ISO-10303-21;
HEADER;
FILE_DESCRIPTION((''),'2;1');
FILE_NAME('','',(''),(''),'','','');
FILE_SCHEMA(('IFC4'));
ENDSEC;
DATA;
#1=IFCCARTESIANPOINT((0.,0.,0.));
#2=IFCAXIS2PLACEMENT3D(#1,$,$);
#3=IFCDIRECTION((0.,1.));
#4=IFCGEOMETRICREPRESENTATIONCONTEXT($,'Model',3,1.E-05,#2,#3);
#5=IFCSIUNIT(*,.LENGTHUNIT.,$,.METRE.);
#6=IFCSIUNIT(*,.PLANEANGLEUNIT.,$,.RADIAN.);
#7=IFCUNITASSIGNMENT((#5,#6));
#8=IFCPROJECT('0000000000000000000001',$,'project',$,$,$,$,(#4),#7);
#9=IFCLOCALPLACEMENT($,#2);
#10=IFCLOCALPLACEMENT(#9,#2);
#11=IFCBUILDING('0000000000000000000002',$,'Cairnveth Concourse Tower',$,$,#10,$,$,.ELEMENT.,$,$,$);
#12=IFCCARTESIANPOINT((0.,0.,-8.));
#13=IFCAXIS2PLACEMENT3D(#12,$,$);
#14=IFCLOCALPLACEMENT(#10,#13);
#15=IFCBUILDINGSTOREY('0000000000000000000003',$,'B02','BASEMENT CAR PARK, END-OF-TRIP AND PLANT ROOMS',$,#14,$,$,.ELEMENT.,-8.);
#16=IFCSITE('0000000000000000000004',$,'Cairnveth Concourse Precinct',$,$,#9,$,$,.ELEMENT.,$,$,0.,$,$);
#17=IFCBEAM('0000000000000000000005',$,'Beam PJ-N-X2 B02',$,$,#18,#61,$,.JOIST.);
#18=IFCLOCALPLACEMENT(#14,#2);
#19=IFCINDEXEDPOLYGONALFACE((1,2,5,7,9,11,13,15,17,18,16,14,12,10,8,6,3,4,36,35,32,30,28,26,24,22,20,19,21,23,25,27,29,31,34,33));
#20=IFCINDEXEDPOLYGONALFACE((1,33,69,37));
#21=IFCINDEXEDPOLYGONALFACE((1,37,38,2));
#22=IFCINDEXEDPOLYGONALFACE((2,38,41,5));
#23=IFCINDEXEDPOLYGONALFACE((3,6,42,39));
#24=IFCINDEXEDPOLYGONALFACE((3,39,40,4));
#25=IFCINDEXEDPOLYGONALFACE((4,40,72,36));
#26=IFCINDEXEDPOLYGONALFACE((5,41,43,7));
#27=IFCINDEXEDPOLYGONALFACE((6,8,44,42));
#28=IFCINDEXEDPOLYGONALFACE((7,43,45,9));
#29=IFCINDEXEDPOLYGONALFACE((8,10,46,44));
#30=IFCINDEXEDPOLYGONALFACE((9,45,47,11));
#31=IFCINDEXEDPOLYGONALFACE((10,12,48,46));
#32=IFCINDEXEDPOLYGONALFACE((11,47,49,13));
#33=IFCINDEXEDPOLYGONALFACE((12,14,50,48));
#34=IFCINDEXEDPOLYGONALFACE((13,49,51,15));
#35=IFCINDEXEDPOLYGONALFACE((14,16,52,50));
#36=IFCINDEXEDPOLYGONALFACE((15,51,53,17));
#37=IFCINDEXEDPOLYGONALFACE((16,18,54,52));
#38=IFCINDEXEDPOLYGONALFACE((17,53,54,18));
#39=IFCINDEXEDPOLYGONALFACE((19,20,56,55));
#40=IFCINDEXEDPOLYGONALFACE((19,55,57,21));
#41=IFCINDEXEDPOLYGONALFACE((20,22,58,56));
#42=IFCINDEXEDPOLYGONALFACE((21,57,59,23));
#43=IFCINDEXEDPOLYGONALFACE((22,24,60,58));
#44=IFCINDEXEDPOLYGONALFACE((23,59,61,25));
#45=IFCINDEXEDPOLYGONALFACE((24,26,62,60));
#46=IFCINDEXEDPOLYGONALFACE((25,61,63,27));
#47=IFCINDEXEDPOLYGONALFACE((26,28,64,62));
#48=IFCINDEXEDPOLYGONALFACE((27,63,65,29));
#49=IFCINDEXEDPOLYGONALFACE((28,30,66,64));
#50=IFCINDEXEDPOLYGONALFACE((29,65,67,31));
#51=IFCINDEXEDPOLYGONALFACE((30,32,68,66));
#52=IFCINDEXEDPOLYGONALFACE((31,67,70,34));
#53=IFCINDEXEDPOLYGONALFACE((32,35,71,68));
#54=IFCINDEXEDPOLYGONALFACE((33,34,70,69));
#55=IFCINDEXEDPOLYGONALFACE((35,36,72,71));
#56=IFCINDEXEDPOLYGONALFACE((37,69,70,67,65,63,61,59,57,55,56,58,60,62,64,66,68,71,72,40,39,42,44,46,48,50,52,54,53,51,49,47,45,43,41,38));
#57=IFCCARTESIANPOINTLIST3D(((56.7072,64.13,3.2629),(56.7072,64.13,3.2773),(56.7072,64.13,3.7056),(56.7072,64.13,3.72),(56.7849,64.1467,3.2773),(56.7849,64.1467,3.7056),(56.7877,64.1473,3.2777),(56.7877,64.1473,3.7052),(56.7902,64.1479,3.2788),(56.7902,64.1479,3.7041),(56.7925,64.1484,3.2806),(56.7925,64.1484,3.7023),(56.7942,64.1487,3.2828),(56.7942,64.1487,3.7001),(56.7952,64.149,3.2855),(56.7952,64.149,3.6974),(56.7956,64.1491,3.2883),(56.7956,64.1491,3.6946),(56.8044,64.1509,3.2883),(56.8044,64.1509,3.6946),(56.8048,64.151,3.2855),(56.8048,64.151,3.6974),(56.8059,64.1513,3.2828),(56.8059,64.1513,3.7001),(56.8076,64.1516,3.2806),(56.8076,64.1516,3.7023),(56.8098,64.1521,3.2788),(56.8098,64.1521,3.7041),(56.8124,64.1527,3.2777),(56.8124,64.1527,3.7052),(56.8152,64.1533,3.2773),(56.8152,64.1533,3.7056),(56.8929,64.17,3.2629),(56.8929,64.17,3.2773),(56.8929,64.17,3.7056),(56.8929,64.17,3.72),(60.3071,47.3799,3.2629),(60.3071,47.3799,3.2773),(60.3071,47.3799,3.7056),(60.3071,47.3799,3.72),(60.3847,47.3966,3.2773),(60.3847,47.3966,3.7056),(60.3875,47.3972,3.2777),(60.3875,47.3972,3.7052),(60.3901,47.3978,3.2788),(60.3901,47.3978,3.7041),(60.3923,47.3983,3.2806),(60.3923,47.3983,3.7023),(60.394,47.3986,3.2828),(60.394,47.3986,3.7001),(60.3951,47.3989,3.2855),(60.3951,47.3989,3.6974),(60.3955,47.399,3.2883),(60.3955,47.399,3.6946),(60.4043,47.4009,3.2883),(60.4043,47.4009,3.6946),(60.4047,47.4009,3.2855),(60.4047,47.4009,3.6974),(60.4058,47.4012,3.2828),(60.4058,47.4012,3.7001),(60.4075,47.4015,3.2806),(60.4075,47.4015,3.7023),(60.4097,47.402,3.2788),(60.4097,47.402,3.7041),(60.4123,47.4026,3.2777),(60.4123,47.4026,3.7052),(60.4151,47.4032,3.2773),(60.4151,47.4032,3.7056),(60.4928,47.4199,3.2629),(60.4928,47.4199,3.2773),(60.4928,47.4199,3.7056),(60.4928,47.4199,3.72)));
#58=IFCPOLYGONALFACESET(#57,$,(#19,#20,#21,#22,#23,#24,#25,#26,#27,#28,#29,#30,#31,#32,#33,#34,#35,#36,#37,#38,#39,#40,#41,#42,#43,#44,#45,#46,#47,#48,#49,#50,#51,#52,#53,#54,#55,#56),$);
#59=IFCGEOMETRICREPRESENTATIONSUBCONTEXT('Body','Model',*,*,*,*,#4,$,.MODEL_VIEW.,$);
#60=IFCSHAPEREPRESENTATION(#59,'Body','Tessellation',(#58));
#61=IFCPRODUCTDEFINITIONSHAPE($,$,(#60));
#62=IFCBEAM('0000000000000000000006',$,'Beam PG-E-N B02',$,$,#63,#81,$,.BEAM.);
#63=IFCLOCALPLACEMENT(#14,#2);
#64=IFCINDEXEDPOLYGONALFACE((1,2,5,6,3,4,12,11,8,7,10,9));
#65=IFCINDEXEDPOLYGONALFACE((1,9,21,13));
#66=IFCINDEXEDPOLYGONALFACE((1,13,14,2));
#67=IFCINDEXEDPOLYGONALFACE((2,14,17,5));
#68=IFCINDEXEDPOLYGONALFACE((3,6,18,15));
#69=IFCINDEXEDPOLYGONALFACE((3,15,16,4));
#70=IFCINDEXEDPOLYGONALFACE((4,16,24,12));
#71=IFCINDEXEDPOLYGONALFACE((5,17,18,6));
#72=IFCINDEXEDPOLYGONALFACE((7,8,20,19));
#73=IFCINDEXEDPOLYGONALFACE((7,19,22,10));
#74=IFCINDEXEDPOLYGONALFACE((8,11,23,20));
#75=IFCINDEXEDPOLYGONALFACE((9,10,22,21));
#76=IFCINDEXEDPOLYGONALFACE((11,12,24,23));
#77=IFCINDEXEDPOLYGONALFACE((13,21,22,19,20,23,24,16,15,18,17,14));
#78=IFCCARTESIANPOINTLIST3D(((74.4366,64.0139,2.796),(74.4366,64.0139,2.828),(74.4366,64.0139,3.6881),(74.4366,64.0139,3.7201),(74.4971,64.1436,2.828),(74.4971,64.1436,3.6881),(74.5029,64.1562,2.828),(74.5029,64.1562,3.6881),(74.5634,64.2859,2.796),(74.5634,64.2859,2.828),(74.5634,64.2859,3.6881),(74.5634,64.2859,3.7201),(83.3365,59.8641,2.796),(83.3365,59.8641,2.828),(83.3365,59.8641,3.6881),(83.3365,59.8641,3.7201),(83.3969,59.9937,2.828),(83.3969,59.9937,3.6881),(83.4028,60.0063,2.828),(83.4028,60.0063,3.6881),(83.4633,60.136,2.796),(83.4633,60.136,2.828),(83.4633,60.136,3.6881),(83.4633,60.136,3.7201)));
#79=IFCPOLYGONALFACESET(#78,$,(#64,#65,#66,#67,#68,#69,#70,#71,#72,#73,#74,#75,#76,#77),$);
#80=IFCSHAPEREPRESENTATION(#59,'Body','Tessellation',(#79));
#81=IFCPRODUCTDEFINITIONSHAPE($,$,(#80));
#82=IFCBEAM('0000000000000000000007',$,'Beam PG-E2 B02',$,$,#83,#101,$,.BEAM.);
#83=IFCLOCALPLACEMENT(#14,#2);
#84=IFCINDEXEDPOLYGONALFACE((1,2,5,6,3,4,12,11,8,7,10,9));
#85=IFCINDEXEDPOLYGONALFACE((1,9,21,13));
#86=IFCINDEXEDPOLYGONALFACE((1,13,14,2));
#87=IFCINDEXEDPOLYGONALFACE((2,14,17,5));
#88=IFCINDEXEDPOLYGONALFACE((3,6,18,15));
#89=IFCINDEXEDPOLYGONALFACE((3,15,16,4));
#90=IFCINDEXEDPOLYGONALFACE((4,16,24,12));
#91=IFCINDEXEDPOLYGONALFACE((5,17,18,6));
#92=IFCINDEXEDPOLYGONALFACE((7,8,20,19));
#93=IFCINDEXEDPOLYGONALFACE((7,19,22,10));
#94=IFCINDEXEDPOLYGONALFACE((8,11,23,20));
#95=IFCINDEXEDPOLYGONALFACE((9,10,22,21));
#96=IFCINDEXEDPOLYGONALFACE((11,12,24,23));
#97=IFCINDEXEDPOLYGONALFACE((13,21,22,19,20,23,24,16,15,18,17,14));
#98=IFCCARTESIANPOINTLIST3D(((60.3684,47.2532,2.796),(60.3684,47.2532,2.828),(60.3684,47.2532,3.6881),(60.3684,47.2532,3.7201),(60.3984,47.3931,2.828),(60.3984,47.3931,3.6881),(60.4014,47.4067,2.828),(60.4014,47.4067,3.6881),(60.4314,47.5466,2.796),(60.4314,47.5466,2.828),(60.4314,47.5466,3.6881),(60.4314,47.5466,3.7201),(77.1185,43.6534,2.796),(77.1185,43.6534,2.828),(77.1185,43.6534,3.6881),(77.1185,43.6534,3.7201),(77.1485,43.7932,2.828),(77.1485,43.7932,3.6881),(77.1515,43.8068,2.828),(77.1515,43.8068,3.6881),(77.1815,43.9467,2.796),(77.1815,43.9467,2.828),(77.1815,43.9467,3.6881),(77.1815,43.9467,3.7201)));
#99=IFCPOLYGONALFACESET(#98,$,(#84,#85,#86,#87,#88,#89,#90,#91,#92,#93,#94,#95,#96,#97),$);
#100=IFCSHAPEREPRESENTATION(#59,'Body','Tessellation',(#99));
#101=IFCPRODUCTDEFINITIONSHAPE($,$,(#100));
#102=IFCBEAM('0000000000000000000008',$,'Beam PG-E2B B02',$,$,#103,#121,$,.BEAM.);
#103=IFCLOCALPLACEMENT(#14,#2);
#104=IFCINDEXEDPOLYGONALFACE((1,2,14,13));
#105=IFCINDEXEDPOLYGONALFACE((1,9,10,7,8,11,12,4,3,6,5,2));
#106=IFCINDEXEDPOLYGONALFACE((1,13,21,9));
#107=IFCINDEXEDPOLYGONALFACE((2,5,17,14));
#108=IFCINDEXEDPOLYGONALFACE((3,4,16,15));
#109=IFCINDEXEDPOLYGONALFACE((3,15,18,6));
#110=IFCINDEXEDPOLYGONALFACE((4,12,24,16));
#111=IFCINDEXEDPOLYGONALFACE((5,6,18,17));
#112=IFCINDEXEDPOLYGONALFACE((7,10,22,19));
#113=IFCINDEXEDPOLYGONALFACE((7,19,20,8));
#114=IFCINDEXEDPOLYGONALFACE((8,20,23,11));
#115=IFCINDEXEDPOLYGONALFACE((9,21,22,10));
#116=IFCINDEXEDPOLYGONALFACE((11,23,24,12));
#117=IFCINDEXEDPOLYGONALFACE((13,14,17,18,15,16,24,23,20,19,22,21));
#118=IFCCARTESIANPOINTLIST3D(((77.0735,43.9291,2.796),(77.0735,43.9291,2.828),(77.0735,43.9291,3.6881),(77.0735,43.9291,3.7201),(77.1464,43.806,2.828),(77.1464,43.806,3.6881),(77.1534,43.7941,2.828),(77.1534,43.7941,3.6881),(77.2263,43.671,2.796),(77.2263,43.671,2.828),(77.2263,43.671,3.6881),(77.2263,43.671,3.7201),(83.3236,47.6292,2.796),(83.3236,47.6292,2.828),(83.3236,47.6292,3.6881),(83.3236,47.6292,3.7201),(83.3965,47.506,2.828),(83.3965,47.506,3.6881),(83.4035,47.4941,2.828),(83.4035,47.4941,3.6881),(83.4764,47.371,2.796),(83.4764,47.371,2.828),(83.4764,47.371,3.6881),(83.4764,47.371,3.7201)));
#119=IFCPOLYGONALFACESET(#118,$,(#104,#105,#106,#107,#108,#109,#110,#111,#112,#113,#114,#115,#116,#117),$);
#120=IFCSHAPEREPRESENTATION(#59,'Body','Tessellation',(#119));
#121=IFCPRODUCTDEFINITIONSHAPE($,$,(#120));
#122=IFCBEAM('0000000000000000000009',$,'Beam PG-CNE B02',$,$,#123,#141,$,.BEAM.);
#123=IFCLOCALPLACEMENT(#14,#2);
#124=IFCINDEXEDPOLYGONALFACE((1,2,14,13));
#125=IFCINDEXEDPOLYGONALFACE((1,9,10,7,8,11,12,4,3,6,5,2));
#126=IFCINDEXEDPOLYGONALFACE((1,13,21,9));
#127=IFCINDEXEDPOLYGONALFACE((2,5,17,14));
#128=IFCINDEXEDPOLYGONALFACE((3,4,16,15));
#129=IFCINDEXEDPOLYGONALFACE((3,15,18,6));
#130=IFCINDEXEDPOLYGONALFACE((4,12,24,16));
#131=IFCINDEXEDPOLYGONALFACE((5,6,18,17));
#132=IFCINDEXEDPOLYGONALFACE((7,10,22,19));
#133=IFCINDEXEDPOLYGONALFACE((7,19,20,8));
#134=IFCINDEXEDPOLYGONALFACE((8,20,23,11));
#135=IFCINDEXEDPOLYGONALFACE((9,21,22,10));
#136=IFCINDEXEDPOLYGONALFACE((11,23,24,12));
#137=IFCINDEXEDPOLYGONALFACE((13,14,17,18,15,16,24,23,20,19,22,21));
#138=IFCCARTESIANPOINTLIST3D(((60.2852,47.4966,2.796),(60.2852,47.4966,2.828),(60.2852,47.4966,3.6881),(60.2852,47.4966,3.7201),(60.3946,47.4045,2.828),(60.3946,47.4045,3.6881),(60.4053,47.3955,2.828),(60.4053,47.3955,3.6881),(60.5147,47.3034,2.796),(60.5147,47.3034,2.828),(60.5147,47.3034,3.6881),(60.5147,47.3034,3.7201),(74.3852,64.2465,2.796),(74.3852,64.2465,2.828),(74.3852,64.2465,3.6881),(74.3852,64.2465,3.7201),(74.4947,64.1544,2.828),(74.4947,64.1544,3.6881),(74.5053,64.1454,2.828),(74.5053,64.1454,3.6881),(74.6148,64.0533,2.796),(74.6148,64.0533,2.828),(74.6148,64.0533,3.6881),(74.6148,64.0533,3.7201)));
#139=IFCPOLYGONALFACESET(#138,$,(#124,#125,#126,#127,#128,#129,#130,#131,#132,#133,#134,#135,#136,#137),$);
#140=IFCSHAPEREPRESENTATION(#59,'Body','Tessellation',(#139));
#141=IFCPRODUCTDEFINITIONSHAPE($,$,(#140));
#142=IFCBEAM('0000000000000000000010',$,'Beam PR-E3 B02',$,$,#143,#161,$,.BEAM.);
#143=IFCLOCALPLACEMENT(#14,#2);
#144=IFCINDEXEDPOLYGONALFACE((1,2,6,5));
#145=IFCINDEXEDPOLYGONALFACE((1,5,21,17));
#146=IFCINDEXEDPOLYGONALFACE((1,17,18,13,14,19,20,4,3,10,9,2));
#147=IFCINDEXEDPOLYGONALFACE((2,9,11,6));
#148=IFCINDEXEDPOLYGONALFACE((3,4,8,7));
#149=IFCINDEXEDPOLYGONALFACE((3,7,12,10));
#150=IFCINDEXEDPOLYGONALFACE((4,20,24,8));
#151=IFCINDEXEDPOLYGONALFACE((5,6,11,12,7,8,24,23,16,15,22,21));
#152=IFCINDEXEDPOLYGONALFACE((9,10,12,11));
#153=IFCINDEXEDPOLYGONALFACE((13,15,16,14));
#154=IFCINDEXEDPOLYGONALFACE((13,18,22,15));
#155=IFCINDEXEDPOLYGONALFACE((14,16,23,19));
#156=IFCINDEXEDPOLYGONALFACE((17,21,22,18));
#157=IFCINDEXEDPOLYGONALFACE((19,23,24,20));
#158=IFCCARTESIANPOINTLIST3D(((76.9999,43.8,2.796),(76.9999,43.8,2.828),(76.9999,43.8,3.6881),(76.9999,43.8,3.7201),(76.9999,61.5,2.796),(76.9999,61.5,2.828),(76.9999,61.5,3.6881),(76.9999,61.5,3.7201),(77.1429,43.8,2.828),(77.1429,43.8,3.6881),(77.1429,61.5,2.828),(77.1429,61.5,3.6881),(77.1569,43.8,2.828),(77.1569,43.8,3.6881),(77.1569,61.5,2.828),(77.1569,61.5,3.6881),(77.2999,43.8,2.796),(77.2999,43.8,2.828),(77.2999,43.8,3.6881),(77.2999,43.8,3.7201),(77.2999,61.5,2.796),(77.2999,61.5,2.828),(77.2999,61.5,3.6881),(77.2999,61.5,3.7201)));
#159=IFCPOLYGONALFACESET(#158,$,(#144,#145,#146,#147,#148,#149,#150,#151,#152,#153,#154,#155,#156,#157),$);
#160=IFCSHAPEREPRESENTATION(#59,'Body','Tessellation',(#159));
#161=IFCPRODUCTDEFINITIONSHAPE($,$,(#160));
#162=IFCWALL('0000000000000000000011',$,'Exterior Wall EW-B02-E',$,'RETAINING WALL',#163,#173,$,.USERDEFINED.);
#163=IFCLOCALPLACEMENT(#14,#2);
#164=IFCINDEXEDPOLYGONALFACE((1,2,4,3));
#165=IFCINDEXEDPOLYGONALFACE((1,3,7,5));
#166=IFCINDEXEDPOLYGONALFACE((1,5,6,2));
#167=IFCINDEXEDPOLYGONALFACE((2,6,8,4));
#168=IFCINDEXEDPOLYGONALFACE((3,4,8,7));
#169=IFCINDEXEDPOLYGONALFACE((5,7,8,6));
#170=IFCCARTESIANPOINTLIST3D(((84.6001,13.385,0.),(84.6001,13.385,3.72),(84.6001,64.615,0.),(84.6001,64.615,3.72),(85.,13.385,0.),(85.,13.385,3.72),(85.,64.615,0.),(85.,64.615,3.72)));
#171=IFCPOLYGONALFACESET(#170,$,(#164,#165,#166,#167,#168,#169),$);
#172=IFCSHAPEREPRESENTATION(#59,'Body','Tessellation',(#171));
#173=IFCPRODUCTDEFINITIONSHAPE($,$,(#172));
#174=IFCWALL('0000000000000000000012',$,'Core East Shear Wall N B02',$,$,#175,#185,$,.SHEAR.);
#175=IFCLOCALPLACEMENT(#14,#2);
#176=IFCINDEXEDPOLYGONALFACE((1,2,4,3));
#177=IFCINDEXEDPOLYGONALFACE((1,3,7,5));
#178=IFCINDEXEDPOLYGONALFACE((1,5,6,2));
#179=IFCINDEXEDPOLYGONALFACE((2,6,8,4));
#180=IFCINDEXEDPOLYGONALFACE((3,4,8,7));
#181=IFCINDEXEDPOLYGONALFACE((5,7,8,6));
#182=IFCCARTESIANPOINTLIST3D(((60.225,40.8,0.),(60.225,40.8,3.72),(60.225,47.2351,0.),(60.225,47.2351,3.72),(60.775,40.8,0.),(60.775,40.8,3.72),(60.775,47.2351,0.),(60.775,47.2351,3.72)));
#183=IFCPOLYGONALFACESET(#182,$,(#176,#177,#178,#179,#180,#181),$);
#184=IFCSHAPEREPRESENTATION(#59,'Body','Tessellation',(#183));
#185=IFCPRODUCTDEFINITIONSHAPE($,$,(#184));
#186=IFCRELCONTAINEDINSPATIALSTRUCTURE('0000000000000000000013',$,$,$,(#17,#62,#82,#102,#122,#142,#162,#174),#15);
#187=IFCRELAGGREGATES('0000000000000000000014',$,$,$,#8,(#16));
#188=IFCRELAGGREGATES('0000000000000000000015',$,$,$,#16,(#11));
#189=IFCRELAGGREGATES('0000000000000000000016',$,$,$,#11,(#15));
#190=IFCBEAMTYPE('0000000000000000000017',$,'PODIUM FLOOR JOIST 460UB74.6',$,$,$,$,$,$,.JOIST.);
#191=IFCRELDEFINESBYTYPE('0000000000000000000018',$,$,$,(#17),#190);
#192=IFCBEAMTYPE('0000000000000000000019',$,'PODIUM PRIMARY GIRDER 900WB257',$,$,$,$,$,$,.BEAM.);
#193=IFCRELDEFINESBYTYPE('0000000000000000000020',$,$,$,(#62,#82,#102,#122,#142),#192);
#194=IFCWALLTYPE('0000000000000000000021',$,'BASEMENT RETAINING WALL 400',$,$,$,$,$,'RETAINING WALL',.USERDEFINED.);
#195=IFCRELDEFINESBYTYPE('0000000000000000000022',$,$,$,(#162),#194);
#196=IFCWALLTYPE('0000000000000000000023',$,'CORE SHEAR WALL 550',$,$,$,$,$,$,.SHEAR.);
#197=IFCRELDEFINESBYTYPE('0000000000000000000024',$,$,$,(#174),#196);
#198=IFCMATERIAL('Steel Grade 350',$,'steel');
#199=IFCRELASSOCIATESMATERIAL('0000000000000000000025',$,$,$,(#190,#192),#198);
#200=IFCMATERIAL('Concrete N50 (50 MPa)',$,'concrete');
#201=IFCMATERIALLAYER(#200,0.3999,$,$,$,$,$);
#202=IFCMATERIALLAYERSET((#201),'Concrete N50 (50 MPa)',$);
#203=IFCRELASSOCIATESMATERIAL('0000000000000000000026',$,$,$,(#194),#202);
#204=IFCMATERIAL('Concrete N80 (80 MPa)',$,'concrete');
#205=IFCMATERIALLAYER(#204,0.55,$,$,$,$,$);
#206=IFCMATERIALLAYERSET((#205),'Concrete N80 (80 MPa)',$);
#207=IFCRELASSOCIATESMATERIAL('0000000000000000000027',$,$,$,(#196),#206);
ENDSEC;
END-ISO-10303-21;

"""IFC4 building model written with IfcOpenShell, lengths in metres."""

from ifc_helpers import new_model, si_unit, direction, frame, frame_2d, origin, origin_2d, place, context, subcontext, project, spatial, rectangle, i_section, extrude, material, layer, layer_set, material_profile, profile_set, type_object, element, save


model = new_model("IFC4")

# Units and contexts
model_context = context("Model", 3, precision=1e-05, world=origin(), true_north=direction((0.0, 1.0)))
body_context = subcontext(model_context, "Body", "Model", "MODEL_VIEW")
ifc_project = project(units=[si_unit("LENGTHUNIT", "METRE"), si_unit("PLANEANGLEUNIT", "RADIAN")], contexts=[model_context])

# Site, building, storey
site_placement = place(None, origin())
site = spatial("IfcSite", under=ifc_project, at=site_placement, Name="Cairnveth Concourse Precinct", CompositionType="ELEMENT", RefElevation=0.0)
building_placement = place(site_placement, origin())
building = spatial("IfcBuilding", under=site, at=building_placement, Name="Cairnveth Concourse Tower", CompositionType="ELEMENT")
storey_placement = place(building_placement, frame((0.0, 0.0, -8.0)))
storey = spatial("IfcBuildingStorey", under=building, at=storey_placement, Name="B02", Description="BASEMENT CAR PARK, END-OF-TRIP AND PLANT ROOMS", CompositionType="ELEMENT", Elevation=-8.0)

# Shared definitions
ifc_material_1 = material(Name="Concrete N50 (50 MPa)", Category="concrete")

# Shared definitions
ifc_material_2 = material(Name="Concrete N80 (80 MPa)", Category="concrete")

# Beams
ifc_material_3 = material(Name="Steel Grade 350", Category="steel")
ifc_material_profile_1 = material_profile(ifc_material_3, i_section(OverallWidth=0.1899, OverallDepth=0.457, WebThickness=0.009, FlangeThickness=0.0144, FilletRadius=0.011, at=origin_2d()), Name="460UB74.6")
ifc_profile_set_1 = profile_set([ifc_material_profile_1], Name="Steel Grade 350")
beam_type_1 = type_object("IfcBeamType", Name="PODIUM FLOOR JOIST 460UB74.6", PredefinedType="JOIST", material=ifc_profile_set_1)
beam_1_placement = place(storey_placement, frame((60.3999, 47.3999, 3.4915), z_axis=(-0.210119, 0.977676, 0.0), x_axis=(-0.977676, -0.210119, 0.0)))
element("IfcBeam", 1, at=beam_1_placement, inside=storey, type_object=beam_type_1, Name="Beam PJ-N-X2 B02", PredefinedType="JOIST", context=body_context, shape_type="SweptSolid", body=[
    extrude(i_section(OverallWidth=0.1899, OverallDepth=0.457, WebThickness=0.009, FlangeThickness=0.0144, FilletRadius=0.011, at=origin_2d()), origin(), (0.0, 0.0, 1.0), 17.1326),
])
ifc_material_profile_2 = material_profile(ifc_material_3, i_section(OverallWidth=0.3, OverallDepth=0.9241, WebThickness=0.0139, FlangeThickness=0.032, at=origin_2d()), Name="900WB257")
ifc_profile_set_2 = profile_set([ifc_material_profile_2], Name="Steel Grade 350")
beam_type_2 = type_object("IfcBeamType", Name="PODIUM PRIMARY GIRDER 900WB257", PredefinedType="BEAM", material=ifc_profile_set_2)
beam_2_placement = place(storey_placement, frame((74.5, 64.1499, 3.2581), z_axis=(0.906315, -0.422602, 0.0), x_axis=(0.422602, 0.906315, 0.0)))
element("IfcBeam", 2, at=beam_2_placement, inside=storey, type_object=beam_type_2, Name="Beam PG-E-N B02", PredefinedType="BEAM", context=body_context, shape_type="SweptSolid", body=[
    extrude(i_section(OverallWidth=0.3, OverallDepth=0.9241, WebThickness=0.0139, FlangeThickness=0.032, at=origin_2d()), origin(), (0.0, 0.0, 1.0), 9.8198),
])
beam_3_placement = place(storey_placement, frame((60.3999, 47.3999, 3.2581), z_axis=(0.977676, -0.210119, 0.0), x_axis=(0.210119, 0.977676, 0.0)))
element("IfcBeam", 3, at=beam_3_placement, inside=storey, type_object=beam_type_2, Name="Beam PG-E2 B02", PredefinedType="BEAM", context=body_context, shape_type="SweptSolid", body=[
    extrude(i_section(OverallWidth=0.3, OverallDepth=0.9241, WebThickness=0.0139, FlangeThickness=0.032, at=origin_2d()), origin(), (0.0, 0.0, 1.0), 17.1326),
])
beam_4_placement = place(storey_placement, frame((77.1499, 43.8, 3.2581), z_axis=(0.860518, 0.50942, 0.0), x_axis=(-0.50942, 0.860518, 0.0)))
element("IfcBeam", 4, at=beam_4_placement, inside=storey, type_object=beam_type_2, Name="Beam PG-E2B B02", PredefinedType="BEAM", context=body_context, shape_type="SweptSolid", body=[
    extrude(i_section(OverallWidth=0.3, OverallDepth=0.9241, WebThickness=0.0139, FlangeThickness=0.032, at=origin_2d()), origin(), (0.0, 0.0, 1.0), 7.2632),
])
beam_5_placement = place(storey_placement, frame((74.5, 64.1499, 3.2581), z_axis=(-0.643998, -0.765027, 0.0), x_axis=(0.765027, -0.643998, 0.0)))
element("IfcBeam", 5, at=beam_5_placement, inside=storey, type_object=beam_type_2, Name="Beam PG-CNE B02", PredefinedType="BEAM", context=body_context, shape_type="SweptSolid", body=[
    extrude(i_section(OverallWidth=0.3, OverallDepth=0.9241, WebThickness=0.0139, FlangeThickness=0.032, at=origin_2d()), origin(), (0.0, 0.0, 1.0), 21.8945),
])
beam_6_placement = place(storey_placement, frame((77.1499, 43.8, 3.2581), z_axis=(0.0, 1.0, 0.0), x_axis=(-1.0, 0.0, 0.0)))
element("IfcBeam", 6, at=beam_6_placement, inside=storey, type_object=beam_type_2, Name="Beam PR-E3 B02", PredefinedType="BEAM", context=body_context, shape_type="SweptSolid", body=[
    extrude(i_section(OverallWidth=0.3, OverallDepth=0.9241, WebThickness=0.0139, FlangeThickness=0.032, at=origin_2d()), origin(), (0.0, 0.0, 1.0), 17.7),
])

# Walls
ifc_layer_1 = layer(ifc_material_1, 0.3999)
ifc_layer_set_1 = layer_set([ifc_layer_1], Name="Concrete N50 (50 MPa)")
wall_type_1 = type_object("IfcWallType", Name="BASEMENT RETAINING WALL 400", ElementType="RETAINING WALL", PredefinedType="USERDEFINED", material=ifc_layer_set_1)
wall_1_placement = place(storey_placement, frame((84.8, 64.615, 0.0), z_axis=(0.0, 0.0, 1.0), x_axis=(0.0, -1.0, 0.0)))
element("IfcWall", 7, at=wall_1_placement, inside=storey, type_object=wall_type_1, Name="Exterior Wall EW-B02-E", ObjectType="RETAINING WALL", PredefinedType="USERDEFINED", context=body_context, shape_type="SweptSolid", body=[
    extrude(rectangle(XDim=51.23, YDim=0.3999, at=frame_2d((25.615, 0.0))), origin(), (0.0, 0.0, 1.0), 3.72),
])
ifc_layer_2 = layer(ifc_material_2, 0.55)
ifc_layer_set_2 = layer_set([ifc_layer_2], Name="Concrete N80 (80 MPa)")
wall_type_2 = type_object("IfcWallType", Name="CORE SHEAR WALL 550", PredefinedType="SHEAR", material=ifc_layer_set_2)
wall_2_placement = place(storey_placement, frame((60.5, 40.8, 0.0), z_axis=(0.0, 0.0, 1.0), x_axis=(0.0, 1.0, 0.0)))
element("IfcWall", 8, at=wall_2_placement, inside=storey, type_object=wall_type_2, Name="Core East Shear Wall N B02", PredefinedType="SHEAR", context=body_context, shape_type="SweptSolid", body=[
    extrude(rectangle(XDim=6.4351, YDim=0.55, at=frame_2d((3.2175, 0.0))), origin(), (0.0, 0.0, 1.0), 3.72),
])

save(model, "model.ifc")
